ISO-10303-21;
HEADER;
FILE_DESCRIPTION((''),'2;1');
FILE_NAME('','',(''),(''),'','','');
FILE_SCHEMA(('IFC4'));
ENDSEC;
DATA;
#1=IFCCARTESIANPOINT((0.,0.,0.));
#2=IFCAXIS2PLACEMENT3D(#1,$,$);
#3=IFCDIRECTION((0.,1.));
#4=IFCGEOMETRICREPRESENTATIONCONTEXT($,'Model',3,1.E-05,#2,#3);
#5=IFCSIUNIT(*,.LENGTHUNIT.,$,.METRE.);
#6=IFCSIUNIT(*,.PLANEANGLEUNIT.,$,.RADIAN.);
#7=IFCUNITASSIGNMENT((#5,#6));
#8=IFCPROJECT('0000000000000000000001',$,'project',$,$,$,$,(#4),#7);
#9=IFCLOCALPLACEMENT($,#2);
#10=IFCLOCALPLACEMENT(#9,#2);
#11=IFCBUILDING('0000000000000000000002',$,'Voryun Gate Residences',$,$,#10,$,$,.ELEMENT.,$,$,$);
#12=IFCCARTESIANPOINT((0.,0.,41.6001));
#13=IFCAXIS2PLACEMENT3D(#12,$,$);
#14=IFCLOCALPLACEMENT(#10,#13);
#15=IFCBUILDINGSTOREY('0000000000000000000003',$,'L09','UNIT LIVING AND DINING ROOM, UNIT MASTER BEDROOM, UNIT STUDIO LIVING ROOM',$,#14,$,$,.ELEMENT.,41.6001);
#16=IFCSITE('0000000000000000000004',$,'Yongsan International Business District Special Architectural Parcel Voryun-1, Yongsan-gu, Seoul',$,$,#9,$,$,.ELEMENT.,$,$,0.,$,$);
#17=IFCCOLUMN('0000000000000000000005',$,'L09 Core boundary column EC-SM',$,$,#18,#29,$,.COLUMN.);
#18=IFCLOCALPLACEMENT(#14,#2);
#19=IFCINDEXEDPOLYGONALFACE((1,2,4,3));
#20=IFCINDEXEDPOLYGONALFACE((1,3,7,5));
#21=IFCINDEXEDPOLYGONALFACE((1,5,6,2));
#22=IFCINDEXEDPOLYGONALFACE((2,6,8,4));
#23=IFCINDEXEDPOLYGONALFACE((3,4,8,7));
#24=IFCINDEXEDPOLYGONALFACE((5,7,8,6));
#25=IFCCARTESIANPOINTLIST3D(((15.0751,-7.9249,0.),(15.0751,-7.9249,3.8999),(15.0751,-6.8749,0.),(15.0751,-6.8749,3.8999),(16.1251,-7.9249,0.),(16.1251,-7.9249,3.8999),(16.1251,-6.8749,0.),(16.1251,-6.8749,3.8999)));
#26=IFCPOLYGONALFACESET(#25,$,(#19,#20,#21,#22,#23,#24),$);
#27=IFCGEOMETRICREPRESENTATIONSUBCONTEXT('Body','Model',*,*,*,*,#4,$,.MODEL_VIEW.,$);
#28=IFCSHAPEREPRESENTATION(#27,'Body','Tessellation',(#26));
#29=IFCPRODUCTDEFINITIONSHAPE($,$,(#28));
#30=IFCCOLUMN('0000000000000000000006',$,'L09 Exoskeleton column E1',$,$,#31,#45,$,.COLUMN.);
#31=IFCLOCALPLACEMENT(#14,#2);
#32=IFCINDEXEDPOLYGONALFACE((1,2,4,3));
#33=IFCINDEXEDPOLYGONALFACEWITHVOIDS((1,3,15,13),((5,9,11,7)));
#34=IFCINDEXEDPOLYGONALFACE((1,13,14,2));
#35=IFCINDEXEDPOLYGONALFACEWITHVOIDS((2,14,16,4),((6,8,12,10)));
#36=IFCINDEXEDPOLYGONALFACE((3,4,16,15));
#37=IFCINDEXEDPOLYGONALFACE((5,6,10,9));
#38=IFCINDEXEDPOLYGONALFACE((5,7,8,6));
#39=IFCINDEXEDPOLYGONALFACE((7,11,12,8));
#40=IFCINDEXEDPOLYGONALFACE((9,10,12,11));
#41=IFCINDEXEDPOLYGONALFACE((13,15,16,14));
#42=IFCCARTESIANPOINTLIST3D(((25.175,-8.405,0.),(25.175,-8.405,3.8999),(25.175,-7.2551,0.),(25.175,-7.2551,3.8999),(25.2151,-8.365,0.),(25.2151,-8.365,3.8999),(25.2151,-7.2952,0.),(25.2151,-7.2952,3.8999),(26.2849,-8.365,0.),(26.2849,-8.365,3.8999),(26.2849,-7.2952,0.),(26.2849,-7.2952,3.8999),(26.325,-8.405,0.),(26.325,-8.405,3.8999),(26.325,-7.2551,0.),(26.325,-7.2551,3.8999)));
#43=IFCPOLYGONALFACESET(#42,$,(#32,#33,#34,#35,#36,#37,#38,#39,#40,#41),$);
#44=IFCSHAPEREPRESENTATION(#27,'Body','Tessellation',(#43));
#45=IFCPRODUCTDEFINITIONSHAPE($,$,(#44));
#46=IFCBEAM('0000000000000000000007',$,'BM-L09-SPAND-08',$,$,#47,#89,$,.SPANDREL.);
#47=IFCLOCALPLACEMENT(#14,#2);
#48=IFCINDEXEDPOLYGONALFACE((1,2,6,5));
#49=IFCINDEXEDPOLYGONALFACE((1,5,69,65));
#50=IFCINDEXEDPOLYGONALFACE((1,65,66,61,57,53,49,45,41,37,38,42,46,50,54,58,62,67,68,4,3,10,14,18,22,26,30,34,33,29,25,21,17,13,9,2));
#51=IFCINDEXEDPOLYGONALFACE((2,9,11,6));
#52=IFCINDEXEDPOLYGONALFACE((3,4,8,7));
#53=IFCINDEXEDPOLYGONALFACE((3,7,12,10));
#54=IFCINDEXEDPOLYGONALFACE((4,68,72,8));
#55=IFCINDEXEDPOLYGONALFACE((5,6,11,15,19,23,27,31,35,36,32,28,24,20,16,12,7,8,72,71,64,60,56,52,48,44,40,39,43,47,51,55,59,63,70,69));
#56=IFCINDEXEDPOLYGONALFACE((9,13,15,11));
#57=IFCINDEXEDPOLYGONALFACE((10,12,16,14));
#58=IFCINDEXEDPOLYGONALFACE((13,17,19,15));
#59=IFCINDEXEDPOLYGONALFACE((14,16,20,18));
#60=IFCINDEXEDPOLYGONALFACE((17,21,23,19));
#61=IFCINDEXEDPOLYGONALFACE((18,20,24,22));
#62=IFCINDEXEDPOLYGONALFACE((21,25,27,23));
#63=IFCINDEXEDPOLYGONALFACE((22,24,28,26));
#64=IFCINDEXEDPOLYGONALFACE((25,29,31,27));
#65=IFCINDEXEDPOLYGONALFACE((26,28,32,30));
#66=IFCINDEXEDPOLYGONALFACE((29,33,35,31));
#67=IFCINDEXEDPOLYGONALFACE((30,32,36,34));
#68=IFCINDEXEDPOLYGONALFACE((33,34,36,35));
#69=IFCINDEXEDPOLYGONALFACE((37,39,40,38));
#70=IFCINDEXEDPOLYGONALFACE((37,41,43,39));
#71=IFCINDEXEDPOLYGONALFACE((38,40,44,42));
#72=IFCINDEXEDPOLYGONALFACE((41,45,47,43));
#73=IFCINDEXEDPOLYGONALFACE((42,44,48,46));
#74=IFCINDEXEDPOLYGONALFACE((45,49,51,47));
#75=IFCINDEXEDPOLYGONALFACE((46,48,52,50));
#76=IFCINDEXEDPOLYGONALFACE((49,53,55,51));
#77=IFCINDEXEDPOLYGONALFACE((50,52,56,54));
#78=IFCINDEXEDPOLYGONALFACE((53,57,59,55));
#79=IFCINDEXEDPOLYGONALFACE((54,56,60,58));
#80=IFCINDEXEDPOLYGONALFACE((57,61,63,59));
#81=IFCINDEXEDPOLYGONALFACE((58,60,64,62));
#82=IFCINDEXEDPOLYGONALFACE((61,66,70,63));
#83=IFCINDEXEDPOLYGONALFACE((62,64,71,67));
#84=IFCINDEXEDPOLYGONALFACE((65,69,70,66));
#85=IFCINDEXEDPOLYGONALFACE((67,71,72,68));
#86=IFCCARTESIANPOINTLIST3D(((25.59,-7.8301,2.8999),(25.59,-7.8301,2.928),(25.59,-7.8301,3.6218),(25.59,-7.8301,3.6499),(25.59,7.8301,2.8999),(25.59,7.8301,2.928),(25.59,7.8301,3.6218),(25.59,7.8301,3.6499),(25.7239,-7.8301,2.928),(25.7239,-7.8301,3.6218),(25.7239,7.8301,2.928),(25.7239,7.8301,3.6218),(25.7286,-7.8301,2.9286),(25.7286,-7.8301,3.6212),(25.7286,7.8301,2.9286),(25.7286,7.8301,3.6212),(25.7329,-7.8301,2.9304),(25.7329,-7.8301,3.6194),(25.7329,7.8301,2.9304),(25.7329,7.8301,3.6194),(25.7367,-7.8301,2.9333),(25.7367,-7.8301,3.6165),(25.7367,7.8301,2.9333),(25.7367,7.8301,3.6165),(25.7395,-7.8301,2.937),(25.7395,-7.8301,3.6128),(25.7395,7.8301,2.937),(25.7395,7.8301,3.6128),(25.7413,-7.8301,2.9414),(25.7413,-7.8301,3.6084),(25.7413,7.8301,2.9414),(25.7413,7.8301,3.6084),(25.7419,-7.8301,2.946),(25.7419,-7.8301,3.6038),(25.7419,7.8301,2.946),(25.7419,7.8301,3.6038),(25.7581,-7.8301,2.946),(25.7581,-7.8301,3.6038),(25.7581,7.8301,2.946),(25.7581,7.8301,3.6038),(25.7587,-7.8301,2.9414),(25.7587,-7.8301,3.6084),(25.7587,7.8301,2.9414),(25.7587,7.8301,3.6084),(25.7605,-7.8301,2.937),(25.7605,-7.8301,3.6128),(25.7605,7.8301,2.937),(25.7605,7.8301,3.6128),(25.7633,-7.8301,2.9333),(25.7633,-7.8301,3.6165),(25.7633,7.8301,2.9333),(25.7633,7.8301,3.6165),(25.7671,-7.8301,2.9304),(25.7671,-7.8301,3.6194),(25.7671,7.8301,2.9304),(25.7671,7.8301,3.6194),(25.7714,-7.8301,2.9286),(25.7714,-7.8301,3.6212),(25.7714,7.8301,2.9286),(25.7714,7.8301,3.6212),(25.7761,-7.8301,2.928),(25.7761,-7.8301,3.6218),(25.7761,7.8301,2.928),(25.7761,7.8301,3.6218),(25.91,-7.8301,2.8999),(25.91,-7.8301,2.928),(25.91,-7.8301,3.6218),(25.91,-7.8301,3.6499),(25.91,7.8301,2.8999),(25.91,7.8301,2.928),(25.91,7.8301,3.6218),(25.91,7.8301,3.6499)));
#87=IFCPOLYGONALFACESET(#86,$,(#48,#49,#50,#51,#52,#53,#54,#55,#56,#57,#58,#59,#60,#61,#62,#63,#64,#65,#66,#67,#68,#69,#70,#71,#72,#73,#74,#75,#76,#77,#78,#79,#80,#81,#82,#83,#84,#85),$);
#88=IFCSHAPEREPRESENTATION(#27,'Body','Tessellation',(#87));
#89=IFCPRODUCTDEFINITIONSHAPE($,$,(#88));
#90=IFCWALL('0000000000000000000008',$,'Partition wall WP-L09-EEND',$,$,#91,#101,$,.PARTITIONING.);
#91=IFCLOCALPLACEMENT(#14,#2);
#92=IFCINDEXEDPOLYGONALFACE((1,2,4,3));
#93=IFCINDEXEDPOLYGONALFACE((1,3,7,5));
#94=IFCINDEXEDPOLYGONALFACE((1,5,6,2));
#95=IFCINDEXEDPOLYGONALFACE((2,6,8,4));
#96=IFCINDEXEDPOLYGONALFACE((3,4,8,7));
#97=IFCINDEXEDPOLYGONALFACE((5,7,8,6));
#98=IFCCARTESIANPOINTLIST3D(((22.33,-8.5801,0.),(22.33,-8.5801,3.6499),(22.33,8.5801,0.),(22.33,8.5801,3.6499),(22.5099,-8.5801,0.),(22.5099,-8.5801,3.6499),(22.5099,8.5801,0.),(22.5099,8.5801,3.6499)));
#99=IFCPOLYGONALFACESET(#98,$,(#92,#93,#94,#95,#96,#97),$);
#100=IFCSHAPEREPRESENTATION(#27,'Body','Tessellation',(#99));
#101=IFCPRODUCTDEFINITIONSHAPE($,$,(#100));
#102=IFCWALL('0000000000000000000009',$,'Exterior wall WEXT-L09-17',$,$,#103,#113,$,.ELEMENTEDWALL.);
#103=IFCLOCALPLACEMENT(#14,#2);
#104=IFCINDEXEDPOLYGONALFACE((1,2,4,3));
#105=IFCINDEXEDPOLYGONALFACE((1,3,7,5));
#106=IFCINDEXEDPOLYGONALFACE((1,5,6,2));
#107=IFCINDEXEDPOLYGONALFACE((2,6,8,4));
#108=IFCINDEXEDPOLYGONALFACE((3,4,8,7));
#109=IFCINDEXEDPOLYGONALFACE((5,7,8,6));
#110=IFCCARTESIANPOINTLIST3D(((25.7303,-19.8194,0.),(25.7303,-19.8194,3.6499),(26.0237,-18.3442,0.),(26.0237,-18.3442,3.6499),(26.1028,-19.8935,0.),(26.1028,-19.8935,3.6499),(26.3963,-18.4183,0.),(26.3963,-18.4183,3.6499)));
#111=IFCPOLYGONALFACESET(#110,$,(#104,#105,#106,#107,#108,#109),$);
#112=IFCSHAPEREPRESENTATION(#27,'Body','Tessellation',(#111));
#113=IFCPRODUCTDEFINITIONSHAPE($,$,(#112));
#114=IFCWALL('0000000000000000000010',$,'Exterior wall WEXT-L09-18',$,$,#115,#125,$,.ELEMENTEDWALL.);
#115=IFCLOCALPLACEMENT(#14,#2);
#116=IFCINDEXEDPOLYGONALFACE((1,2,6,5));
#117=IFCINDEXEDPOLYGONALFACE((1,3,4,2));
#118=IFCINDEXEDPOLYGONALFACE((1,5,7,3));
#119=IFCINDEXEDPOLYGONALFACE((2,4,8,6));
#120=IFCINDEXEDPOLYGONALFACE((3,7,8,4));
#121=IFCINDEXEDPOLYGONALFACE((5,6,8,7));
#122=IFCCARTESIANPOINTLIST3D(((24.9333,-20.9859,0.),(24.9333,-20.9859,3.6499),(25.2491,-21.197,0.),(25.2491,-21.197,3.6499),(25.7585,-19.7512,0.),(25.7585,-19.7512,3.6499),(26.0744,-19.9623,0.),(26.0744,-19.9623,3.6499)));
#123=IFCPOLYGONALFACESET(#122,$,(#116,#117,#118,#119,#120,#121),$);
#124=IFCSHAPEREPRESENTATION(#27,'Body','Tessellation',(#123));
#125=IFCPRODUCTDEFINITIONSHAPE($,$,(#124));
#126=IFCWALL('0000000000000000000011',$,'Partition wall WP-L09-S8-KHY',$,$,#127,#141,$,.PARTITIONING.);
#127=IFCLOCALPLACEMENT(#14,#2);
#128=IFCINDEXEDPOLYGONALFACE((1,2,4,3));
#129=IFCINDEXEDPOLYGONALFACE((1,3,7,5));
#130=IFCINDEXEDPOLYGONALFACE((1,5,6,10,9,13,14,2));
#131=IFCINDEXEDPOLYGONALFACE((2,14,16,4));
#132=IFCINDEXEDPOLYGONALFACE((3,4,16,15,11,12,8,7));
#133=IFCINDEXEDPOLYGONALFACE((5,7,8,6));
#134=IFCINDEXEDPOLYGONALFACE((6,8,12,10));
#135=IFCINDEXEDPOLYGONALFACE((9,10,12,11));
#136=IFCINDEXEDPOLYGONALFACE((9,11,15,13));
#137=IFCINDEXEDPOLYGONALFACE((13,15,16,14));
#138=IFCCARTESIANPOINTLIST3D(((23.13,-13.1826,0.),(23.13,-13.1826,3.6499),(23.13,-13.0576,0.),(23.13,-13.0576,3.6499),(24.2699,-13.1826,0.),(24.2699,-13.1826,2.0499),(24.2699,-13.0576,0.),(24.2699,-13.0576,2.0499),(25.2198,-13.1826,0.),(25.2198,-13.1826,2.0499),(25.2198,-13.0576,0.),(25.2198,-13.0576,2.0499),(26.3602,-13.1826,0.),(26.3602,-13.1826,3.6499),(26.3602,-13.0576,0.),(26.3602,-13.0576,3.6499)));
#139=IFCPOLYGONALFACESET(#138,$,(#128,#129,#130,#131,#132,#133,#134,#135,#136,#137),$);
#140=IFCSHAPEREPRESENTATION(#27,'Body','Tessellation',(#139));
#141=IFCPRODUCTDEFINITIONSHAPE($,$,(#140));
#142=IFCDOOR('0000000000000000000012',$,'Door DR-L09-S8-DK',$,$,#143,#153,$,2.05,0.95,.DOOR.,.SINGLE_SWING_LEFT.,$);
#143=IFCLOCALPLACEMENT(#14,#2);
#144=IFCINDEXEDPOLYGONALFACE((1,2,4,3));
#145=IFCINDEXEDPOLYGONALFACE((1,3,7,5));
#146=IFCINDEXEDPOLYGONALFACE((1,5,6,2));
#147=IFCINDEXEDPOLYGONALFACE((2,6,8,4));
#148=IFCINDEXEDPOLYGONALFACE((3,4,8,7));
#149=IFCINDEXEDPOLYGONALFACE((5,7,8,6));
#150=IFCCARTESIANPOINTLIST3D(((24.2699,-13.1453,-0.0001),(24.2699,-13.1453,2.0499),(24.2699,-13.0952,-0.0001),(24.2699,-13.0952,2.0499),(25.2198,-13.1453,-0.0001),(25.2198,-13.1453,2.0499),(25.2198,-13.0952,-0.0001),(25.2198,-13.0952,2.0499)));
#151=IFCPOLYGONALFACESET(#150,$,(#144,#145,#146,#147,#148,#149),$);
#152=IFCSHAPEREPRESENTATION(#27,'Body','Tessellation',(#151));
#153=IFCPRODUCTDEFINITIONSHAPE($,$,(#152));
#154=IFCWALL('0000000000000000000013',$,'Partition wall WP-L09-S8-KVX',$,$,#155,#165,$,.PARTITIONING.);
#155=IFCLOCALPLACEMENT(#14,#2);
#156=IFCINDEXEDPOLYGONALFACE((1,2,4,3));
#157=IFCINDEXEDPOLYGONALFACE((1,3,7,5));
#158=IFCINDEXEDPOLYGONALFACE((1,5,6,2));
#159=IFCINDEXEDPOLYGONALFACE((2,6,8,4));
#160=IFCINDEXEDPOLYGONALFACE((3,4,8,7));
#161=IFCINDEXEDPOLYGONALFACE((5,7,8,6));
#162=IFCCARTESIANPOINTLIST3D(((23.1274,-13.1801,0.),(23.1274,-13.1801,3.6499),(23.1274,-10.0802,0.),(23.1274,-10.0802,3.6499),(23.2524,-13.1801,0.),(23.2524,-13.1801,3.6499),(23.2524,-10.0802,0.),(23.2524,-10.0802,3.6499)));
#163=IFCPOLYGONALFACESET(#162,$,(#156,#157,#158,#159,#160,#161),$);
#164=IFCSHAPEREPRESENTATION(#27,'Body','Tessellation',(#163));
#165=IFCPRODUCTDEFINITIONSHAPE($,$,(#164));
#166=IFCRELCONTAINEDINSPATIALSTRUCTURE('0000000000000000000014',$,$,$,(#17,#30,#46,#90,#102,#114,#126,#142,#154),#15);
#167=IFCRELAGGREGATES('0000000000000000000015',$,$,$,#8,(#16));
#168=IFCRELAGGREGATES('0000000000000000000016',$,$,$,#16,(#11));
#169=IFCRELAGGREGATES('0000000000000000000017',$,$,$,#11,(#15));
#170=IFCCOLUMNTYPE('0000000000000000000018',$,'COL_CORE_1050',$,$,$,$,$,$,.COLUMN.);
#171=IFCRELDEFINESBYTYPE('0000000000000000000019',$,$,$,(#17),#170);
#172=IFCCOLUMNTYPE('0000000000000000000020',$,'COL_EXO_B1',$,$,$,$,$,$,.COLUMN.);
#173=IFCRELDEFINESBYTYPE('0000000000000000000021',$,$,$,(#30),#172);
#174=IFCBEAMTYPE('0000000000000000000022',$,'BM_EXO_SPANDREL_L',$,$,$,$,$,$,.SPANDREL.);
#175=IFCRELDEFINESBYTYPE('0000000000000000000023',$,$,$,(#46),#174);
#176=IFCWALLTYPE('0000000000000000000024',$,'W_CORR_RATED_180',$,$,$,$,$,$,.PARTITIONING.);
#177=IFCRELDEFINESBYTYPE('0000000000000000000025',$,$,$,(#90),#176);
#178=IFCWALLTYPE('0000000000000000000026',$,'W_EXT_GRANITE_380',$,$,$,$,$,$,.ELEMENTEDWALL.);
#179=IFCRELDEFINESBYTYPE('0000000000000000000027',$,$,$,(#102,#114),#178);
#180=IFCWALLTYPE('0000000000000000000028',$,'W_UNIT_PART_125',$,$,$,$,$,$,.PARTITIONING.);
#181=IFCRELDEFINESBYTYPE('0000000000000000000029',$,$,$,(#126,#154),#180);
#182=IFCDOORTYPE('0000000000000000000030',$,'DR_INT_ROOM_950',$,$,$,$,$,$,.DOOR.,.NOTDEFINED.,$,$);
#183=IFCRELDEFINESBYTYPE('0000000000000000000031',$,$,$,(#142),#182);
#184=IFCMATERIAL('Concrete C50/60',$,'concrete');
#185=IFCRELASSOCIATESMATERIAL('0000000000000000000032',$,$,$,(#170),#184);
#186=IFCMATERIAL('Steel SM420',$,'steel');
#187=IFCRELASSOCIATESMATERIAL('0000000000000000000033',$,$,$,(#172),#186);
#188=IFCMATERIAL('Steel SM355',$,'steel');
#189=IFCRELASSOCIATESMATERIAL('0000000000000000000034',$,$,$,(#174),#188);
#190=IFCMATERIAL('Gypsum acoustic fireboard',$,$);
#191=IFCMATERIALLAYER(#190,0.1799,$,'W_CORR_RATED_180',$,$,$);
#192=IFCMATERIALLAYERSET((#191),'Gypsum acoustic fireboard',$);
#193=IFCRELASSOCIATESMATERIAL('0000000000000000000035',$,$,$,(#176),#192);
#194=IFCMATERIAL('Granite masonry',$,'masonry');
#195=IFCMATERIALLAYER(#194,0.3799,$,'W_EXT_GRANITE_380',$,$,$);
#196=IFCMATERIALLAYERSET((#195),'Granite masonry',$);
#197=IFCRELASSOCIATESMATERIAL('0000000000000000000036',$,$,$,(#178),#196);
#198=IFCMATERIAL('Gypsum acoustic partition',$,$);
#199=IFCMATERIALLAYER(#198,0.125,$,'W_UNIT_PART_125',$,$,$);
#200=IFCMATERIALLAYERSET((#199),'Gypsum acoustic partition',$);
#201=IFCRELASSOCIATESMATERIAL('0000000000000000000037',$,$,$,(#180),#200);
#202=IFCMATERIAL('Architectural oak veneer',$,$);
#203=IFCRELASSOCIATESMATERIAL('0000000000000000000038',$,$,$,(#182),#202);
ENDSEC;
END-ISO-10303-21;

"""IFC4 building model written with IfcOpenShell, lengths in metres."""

from ifc_helpers import new_model, si_unit, direction, frame, frame_2d, origin, origin_2d, place, context, subcontext, project, spatial, rectangle, hollow_rectangle, i_section, extrude, material, layer, layer_set, material_profile, profile_set, type_object, element, fill, save


model = new_model("IFC4")

# Units and contexts
model_context = context("Model", 3, precision=1e-05, world=origin(), true_north=direction((0.0, 1.0)))
body_context = subcontext(model_context, "Body", "Model", "MODEL_VIEW")
ifc_project = project(units=[si_unit("LENGTHUNIT", "METRE"), si_unit("PLANEANGLEUNIT", "RADIAN")], contexts=[model_context])

# Site, building, storey
site_placement = place(None, origin())
site = spatial("IfcSite", under=ifc_project, at=site_placement, Name="Yongsan International Business District Special Architectural Parcel Voryun-1, Yongsan-gu, Seoul", CompositionType="ELEMENT", RefElevation=0.0)
building_placement = place(site_placement, origin())
building = spatial("IfcBuilding", under=site, at=building_placement, Name="Voryun Gate Residences", CompositionType="ELEMENT")
storey_placement = place(building_placement, frame((0.0, 0.0, 41.6001)))
storey = spatial("IfcBuildingStorey", under=building, at=storey_placement, Name="L09", Description="UNIT LIVING AND DINING ROOM, UNIT MASTER BEDROOM, UNIT STUDIO LIVING ROOM", CompositionType="ELEMENT", Elevation=41.6001)

# Columns
ifc_material_1 = material(Name="Concrete C50/60", Category="concrete")
ifc_material_profile_1 = material_profile(ifc_material_1, rectangle(XDim=1.05, YDim=1.05, at=origin_2d()), Name="RC-1050x1050")
ifc_profile_set_1 = profile_set([ifc_material_profile_1], Name="Concrete C50/60")
column_type_1 = type_object("IfcColumnType", Name="COL_CORE_1050", PredefinedType="COLUMN", material=ifc_profile_set_1)
column_1_placement = place(storey_placement, frame((15.6001, -7.3999, 0.0), z_axis=(0.0, 0.0, 1.0), x_axis=(1.0, 0.0, 0.0)))
element("IfcColumn", 1, at=column_1_placement, inside=storey, type_object=column_type_1, Name="L09 Core boundary column EC-SM", PredefinedType="COLUMN", context=body_context, shape_type="SweptSolid", body=[
    extrude(rectangle(XDim=1.05, YDim=1.05, at=origin_2d()), origin(), (0.0, 0.0, 1.0), 3.8999),
])
ifc_material_2 = material(Name="Steel SM420", Category="steel")
ifc_material_profile_2 = material_profile(ifc_material_2, hollow_rectangle(XDim=1.1499, YDim=1.1499, WallThickness=0.04, at=origin_2d()), Name="BOX-1150x1150x40")
ifc_profile_set_2 = profile_set([ifc_material_profile_2], Name="Steel SM420")
column_type_2 = type_object("IfcColumnType", Name="COL_EXO_B1", PredefinedType="COLUMN", material=ifc_profile_set_2)
column_2_placement = place(storey_placement, frame((25.75, -7.8301, 0.0), z_axis=(0.0, 0.0, 1.0), x_axis=(1.0, 0.0, 0.0)))
element("IfcColumn", 2, at=column_2_placement, inside=storey, type_object=column_type_2, Name="L09 Exoskeleton column E1", PredefinedType="COLUMN", context=body_context, shape_type="SweptSolid", body=[
    extrude(hollow_rectangle(XDim=1.1499, YDim=1.1499, WallThickness=0.04, at=origin_2d()), origin(), (0.0, 0.0, 1.0), 3.8999),
])

# Beam
ifc_material_3 = material(Name="Steel SM355", Category="steel")
ifc_material_profile_3 = material_profile(ifc_material_3, i_section(OverallWidth=0.3201, OverallDepth=0.75, WebThickness=0.0161, FlangeThickness=0.0281, FilletRadius=0.0181, at=origin_2d()), Name="H-750x320x16x28")
ifc_profile_set_3 = profile_set([ifc_material_profile_3], Name="Steel SM355")
beam_type = type_object("IfcBeamType", Name="BM_EXO_SPANDREL_L", PredefinedType="SPANDREL", material=ifc_profile_set_3)
beam_placement = place(storey_placement, frame((25.75, -7.8301, 3.2749), z_axis=(0.0, 1.0, 0.0), x_axis=(-1.0, 0.0, 0.0)))
element("IfcBeam", 3, at=beam_placement, inside=storey, type_object=beam_type, Name="BM-L09-SPAND-08", PredefinedType="SPANDREL", context=body_context, shape_type="SweptSolid", body=[
    extrude(i_section(OverallWidth=0.3201, OverallDepth=0.75, WebThickness=0.0161, FlangeThickness=0.0281, FilletRadius=0.0181, at=origin_2d()), origin(), (0.0, 0.0, 1.0), 15.6602),
])

# Walls
ifc_material_4 = material(Name="Gypsum acoustic fireboard")
ifc_layer_1 = layer(ifc_material_4, 0.1799, Name="W_CORR_RATED_180")
ifc_layer_set_1 = layer_set([ifc_layer_1], Name="Gypsum acoustic fireboard")
wall_type_1 = type_object("IfcWallType", Name="W_CORR_RATED_180", PredefinedType="PARTITIONING", material=ifc_layer_set_1)
wall_1_placement = place(storey_placement, frame((22.4199, -8.5801, 0.0), z_axis=(0.0, 0.0, 1.0), x_axis=(0.0, 1.0, 0.0)))
element("IfcWall", 4, at=wall_1_placement, inside=storey, type_object=wall_type_1, Name="Partition wall WP-L09-EEND", PredefinedType="PARTITIONING", context=body_context, shape_type="SweptSolid", body=[
    extrude(rectangle(XDim=17.1602, YDim=0.1799, at=frame_2d((8.5801, 0.0))), origin(), (0.0, 0.0, 1.0), 3.6499),
])
ifc_material_5 = material(Name="Granite masonry", Category="masonry")
ifc_layer_2 = layer(ifc_material_5, 0.3799, Name="W_EXT_GRANITE_380")
ifc_layer_set_2 = layer_set([ifc_layer_2], Name="Granite masonry")
wall_type_2 = type_object("IfcWallType", Name="W_EXT_GRANITE_380", PredefinedType="ELEMENTEDWALL", material=ifc_layer_set_2)
wall_2_placement = place(storey_placement, frame((26.21, -18.3813, 0.0), z_axis=(0.0, 0.0, 1.0), x_axis=(-0.195086, -0.980786, 0.0)))
element("IfcWall", 5, at=wall_2_placement, inside=storey, type_object=wall_type_2, Name="Exterior wall WEXT-L09-17", PredefinedType="ELEMENTEDWALL", context=body_context, shape_type="SweptSolid", body=[
    extrude(rectangle(XDim=1.5042, YDim=0.3799, at=frame_2d((0.752, 0.0))), origin(), (0.0, 0.0, 1.0), 3.6499),
])
wall_3_placement = place(storey_placement, frame((25.9165, -19.8567, 0.0), z_axis=(0.0, 0.0, 1.0), x_axis=(-0.555686, -0.831392, 0.0)))
element("IfcWall", 6, at=wall_3_placement, inside=storey, type_object=wall_type_2, Name="Exterior wall WEXT-L09-18", PredefinedType="ELEMENTEDWALL", context=body_context, shape_type="SweptSolid", body=[
    extrude(rectangle(XDim=1.4851, YDim=0.3799, at=frame_2d((0.7427, 0.0))), origin(), (0.0, 0.0, 1.0), 3.6499),
])

# Wall, opening, door
ifc_material_6 = material(Name="Gypsum acoustic partition")
ifc_layer_3 = layer(ifc_material_6, 0.125, Name="W_UNIT_PART_125")
ifc_layer_set_3 = layer_set([ifc_layer_3], Name="Gypsum acoustic partition")
wall_type_3 = type_object("IfcWallType", Name="W_UNIT_PART_125", PredefinedType="PARTITIONING", material=ifc_layer_set_3)
wall_4_placement = place(storey_placement, frame((23.1299, -13.1201, 0.0), z_axis=(0.0, 0.0, 1.0), x_axis=(1.0, 0.0, 0.0)))
wall_4 = element("IfcWall", 7, at=wall_4_placement, inside=storey, type_object=wall_type_3, Name="Partition wall WP-L09-S8-KHY", PredefinedType="PARTITIONING", context=body_context, shape_type="SweptSolid", body=[
    extrude(rectangle(XDim=3.2302, YDim=0.125, at=frame_2d((1.6152, 0.0))), origin(), (0.0, 0.0, 1.0), 3.6499),
])
opening_1_placement = place(wall_4_placement, frame((1.1399, 0.0, 0.0)))
opening_1 = element("IfcOpeningElement", 8, at=opening_1_placement, cuts=wall_4, PredefinedType="OPENING", context=body_context, shape_type="SweptSolid", body=[
    extrude(rectangle(XDim=0.95, YDim=2.05, at=frame_2d((0.4751, 1.0249))), frame((0.0, 0.0725, 0.0), z_axis=(0.0, -1.0, 0.0), x_axis=(1.0, 0.0, 0.0)), (0.0, 0.0, 1.0), 0.145),
])
ifc_material_7 = material(Name="Architectural oak veneer")
door_type_1 = type_object("IfcDoorType", Name="DR_INT_ROOM_950", OperationType="NOTDEFINED", PredefinedType="DOOR", material=ifc_material_7)
door_1_placement = place(opening_1_placement, origin())
door_1 = element("IfcDoor", 9, at=door_1_placement, inside=storey, type_object=door_type_1, Name="Door DR-L09-S8-DK", OperationType="SINGLE_SWING_LEFT", OverallHeight=2.05, OverallWidth=0.95, PredefinedType="DOOR", context=body_context, shape_type="SweptSolid", body=[
    extrude(rectangle(XDim=0.95, YDim=2.05, at=frame_2d((0.4751, 1.0249))), frame((0.0, 0.0249, 0.0), z_axis=(0.0, -1.0, 0.0), x_axis=(1.0, 0.0, 0.0)), (0.0, 0.0, 1.0), 0.05),
])
fill(opening_1, door_1)

# Wall
wall_5_placement = place(storey_placement, frame((23.1899, -13.1799, 0.0), z_axis=(0.0, 0.0, 1.0), x_axis=(0.0, 1.0, 0.0)))
element("IfcWall", 10, at=wall_5_placement, inside=storey, type_object=wall_type_3, Name="Partition wall WP-L09-S8-KVX", PredefinedType="PARTITIONING", context=body_context, shape_type="SweptSolid", body=[
    extrude(rectangle(XDim=3.0999, YDim=0.125, at=frame_2d((1.5498, 0.0))), origin(), (0.0, 0.0, 1.0), 3.6499),
])

save(model, "model.ifc")
